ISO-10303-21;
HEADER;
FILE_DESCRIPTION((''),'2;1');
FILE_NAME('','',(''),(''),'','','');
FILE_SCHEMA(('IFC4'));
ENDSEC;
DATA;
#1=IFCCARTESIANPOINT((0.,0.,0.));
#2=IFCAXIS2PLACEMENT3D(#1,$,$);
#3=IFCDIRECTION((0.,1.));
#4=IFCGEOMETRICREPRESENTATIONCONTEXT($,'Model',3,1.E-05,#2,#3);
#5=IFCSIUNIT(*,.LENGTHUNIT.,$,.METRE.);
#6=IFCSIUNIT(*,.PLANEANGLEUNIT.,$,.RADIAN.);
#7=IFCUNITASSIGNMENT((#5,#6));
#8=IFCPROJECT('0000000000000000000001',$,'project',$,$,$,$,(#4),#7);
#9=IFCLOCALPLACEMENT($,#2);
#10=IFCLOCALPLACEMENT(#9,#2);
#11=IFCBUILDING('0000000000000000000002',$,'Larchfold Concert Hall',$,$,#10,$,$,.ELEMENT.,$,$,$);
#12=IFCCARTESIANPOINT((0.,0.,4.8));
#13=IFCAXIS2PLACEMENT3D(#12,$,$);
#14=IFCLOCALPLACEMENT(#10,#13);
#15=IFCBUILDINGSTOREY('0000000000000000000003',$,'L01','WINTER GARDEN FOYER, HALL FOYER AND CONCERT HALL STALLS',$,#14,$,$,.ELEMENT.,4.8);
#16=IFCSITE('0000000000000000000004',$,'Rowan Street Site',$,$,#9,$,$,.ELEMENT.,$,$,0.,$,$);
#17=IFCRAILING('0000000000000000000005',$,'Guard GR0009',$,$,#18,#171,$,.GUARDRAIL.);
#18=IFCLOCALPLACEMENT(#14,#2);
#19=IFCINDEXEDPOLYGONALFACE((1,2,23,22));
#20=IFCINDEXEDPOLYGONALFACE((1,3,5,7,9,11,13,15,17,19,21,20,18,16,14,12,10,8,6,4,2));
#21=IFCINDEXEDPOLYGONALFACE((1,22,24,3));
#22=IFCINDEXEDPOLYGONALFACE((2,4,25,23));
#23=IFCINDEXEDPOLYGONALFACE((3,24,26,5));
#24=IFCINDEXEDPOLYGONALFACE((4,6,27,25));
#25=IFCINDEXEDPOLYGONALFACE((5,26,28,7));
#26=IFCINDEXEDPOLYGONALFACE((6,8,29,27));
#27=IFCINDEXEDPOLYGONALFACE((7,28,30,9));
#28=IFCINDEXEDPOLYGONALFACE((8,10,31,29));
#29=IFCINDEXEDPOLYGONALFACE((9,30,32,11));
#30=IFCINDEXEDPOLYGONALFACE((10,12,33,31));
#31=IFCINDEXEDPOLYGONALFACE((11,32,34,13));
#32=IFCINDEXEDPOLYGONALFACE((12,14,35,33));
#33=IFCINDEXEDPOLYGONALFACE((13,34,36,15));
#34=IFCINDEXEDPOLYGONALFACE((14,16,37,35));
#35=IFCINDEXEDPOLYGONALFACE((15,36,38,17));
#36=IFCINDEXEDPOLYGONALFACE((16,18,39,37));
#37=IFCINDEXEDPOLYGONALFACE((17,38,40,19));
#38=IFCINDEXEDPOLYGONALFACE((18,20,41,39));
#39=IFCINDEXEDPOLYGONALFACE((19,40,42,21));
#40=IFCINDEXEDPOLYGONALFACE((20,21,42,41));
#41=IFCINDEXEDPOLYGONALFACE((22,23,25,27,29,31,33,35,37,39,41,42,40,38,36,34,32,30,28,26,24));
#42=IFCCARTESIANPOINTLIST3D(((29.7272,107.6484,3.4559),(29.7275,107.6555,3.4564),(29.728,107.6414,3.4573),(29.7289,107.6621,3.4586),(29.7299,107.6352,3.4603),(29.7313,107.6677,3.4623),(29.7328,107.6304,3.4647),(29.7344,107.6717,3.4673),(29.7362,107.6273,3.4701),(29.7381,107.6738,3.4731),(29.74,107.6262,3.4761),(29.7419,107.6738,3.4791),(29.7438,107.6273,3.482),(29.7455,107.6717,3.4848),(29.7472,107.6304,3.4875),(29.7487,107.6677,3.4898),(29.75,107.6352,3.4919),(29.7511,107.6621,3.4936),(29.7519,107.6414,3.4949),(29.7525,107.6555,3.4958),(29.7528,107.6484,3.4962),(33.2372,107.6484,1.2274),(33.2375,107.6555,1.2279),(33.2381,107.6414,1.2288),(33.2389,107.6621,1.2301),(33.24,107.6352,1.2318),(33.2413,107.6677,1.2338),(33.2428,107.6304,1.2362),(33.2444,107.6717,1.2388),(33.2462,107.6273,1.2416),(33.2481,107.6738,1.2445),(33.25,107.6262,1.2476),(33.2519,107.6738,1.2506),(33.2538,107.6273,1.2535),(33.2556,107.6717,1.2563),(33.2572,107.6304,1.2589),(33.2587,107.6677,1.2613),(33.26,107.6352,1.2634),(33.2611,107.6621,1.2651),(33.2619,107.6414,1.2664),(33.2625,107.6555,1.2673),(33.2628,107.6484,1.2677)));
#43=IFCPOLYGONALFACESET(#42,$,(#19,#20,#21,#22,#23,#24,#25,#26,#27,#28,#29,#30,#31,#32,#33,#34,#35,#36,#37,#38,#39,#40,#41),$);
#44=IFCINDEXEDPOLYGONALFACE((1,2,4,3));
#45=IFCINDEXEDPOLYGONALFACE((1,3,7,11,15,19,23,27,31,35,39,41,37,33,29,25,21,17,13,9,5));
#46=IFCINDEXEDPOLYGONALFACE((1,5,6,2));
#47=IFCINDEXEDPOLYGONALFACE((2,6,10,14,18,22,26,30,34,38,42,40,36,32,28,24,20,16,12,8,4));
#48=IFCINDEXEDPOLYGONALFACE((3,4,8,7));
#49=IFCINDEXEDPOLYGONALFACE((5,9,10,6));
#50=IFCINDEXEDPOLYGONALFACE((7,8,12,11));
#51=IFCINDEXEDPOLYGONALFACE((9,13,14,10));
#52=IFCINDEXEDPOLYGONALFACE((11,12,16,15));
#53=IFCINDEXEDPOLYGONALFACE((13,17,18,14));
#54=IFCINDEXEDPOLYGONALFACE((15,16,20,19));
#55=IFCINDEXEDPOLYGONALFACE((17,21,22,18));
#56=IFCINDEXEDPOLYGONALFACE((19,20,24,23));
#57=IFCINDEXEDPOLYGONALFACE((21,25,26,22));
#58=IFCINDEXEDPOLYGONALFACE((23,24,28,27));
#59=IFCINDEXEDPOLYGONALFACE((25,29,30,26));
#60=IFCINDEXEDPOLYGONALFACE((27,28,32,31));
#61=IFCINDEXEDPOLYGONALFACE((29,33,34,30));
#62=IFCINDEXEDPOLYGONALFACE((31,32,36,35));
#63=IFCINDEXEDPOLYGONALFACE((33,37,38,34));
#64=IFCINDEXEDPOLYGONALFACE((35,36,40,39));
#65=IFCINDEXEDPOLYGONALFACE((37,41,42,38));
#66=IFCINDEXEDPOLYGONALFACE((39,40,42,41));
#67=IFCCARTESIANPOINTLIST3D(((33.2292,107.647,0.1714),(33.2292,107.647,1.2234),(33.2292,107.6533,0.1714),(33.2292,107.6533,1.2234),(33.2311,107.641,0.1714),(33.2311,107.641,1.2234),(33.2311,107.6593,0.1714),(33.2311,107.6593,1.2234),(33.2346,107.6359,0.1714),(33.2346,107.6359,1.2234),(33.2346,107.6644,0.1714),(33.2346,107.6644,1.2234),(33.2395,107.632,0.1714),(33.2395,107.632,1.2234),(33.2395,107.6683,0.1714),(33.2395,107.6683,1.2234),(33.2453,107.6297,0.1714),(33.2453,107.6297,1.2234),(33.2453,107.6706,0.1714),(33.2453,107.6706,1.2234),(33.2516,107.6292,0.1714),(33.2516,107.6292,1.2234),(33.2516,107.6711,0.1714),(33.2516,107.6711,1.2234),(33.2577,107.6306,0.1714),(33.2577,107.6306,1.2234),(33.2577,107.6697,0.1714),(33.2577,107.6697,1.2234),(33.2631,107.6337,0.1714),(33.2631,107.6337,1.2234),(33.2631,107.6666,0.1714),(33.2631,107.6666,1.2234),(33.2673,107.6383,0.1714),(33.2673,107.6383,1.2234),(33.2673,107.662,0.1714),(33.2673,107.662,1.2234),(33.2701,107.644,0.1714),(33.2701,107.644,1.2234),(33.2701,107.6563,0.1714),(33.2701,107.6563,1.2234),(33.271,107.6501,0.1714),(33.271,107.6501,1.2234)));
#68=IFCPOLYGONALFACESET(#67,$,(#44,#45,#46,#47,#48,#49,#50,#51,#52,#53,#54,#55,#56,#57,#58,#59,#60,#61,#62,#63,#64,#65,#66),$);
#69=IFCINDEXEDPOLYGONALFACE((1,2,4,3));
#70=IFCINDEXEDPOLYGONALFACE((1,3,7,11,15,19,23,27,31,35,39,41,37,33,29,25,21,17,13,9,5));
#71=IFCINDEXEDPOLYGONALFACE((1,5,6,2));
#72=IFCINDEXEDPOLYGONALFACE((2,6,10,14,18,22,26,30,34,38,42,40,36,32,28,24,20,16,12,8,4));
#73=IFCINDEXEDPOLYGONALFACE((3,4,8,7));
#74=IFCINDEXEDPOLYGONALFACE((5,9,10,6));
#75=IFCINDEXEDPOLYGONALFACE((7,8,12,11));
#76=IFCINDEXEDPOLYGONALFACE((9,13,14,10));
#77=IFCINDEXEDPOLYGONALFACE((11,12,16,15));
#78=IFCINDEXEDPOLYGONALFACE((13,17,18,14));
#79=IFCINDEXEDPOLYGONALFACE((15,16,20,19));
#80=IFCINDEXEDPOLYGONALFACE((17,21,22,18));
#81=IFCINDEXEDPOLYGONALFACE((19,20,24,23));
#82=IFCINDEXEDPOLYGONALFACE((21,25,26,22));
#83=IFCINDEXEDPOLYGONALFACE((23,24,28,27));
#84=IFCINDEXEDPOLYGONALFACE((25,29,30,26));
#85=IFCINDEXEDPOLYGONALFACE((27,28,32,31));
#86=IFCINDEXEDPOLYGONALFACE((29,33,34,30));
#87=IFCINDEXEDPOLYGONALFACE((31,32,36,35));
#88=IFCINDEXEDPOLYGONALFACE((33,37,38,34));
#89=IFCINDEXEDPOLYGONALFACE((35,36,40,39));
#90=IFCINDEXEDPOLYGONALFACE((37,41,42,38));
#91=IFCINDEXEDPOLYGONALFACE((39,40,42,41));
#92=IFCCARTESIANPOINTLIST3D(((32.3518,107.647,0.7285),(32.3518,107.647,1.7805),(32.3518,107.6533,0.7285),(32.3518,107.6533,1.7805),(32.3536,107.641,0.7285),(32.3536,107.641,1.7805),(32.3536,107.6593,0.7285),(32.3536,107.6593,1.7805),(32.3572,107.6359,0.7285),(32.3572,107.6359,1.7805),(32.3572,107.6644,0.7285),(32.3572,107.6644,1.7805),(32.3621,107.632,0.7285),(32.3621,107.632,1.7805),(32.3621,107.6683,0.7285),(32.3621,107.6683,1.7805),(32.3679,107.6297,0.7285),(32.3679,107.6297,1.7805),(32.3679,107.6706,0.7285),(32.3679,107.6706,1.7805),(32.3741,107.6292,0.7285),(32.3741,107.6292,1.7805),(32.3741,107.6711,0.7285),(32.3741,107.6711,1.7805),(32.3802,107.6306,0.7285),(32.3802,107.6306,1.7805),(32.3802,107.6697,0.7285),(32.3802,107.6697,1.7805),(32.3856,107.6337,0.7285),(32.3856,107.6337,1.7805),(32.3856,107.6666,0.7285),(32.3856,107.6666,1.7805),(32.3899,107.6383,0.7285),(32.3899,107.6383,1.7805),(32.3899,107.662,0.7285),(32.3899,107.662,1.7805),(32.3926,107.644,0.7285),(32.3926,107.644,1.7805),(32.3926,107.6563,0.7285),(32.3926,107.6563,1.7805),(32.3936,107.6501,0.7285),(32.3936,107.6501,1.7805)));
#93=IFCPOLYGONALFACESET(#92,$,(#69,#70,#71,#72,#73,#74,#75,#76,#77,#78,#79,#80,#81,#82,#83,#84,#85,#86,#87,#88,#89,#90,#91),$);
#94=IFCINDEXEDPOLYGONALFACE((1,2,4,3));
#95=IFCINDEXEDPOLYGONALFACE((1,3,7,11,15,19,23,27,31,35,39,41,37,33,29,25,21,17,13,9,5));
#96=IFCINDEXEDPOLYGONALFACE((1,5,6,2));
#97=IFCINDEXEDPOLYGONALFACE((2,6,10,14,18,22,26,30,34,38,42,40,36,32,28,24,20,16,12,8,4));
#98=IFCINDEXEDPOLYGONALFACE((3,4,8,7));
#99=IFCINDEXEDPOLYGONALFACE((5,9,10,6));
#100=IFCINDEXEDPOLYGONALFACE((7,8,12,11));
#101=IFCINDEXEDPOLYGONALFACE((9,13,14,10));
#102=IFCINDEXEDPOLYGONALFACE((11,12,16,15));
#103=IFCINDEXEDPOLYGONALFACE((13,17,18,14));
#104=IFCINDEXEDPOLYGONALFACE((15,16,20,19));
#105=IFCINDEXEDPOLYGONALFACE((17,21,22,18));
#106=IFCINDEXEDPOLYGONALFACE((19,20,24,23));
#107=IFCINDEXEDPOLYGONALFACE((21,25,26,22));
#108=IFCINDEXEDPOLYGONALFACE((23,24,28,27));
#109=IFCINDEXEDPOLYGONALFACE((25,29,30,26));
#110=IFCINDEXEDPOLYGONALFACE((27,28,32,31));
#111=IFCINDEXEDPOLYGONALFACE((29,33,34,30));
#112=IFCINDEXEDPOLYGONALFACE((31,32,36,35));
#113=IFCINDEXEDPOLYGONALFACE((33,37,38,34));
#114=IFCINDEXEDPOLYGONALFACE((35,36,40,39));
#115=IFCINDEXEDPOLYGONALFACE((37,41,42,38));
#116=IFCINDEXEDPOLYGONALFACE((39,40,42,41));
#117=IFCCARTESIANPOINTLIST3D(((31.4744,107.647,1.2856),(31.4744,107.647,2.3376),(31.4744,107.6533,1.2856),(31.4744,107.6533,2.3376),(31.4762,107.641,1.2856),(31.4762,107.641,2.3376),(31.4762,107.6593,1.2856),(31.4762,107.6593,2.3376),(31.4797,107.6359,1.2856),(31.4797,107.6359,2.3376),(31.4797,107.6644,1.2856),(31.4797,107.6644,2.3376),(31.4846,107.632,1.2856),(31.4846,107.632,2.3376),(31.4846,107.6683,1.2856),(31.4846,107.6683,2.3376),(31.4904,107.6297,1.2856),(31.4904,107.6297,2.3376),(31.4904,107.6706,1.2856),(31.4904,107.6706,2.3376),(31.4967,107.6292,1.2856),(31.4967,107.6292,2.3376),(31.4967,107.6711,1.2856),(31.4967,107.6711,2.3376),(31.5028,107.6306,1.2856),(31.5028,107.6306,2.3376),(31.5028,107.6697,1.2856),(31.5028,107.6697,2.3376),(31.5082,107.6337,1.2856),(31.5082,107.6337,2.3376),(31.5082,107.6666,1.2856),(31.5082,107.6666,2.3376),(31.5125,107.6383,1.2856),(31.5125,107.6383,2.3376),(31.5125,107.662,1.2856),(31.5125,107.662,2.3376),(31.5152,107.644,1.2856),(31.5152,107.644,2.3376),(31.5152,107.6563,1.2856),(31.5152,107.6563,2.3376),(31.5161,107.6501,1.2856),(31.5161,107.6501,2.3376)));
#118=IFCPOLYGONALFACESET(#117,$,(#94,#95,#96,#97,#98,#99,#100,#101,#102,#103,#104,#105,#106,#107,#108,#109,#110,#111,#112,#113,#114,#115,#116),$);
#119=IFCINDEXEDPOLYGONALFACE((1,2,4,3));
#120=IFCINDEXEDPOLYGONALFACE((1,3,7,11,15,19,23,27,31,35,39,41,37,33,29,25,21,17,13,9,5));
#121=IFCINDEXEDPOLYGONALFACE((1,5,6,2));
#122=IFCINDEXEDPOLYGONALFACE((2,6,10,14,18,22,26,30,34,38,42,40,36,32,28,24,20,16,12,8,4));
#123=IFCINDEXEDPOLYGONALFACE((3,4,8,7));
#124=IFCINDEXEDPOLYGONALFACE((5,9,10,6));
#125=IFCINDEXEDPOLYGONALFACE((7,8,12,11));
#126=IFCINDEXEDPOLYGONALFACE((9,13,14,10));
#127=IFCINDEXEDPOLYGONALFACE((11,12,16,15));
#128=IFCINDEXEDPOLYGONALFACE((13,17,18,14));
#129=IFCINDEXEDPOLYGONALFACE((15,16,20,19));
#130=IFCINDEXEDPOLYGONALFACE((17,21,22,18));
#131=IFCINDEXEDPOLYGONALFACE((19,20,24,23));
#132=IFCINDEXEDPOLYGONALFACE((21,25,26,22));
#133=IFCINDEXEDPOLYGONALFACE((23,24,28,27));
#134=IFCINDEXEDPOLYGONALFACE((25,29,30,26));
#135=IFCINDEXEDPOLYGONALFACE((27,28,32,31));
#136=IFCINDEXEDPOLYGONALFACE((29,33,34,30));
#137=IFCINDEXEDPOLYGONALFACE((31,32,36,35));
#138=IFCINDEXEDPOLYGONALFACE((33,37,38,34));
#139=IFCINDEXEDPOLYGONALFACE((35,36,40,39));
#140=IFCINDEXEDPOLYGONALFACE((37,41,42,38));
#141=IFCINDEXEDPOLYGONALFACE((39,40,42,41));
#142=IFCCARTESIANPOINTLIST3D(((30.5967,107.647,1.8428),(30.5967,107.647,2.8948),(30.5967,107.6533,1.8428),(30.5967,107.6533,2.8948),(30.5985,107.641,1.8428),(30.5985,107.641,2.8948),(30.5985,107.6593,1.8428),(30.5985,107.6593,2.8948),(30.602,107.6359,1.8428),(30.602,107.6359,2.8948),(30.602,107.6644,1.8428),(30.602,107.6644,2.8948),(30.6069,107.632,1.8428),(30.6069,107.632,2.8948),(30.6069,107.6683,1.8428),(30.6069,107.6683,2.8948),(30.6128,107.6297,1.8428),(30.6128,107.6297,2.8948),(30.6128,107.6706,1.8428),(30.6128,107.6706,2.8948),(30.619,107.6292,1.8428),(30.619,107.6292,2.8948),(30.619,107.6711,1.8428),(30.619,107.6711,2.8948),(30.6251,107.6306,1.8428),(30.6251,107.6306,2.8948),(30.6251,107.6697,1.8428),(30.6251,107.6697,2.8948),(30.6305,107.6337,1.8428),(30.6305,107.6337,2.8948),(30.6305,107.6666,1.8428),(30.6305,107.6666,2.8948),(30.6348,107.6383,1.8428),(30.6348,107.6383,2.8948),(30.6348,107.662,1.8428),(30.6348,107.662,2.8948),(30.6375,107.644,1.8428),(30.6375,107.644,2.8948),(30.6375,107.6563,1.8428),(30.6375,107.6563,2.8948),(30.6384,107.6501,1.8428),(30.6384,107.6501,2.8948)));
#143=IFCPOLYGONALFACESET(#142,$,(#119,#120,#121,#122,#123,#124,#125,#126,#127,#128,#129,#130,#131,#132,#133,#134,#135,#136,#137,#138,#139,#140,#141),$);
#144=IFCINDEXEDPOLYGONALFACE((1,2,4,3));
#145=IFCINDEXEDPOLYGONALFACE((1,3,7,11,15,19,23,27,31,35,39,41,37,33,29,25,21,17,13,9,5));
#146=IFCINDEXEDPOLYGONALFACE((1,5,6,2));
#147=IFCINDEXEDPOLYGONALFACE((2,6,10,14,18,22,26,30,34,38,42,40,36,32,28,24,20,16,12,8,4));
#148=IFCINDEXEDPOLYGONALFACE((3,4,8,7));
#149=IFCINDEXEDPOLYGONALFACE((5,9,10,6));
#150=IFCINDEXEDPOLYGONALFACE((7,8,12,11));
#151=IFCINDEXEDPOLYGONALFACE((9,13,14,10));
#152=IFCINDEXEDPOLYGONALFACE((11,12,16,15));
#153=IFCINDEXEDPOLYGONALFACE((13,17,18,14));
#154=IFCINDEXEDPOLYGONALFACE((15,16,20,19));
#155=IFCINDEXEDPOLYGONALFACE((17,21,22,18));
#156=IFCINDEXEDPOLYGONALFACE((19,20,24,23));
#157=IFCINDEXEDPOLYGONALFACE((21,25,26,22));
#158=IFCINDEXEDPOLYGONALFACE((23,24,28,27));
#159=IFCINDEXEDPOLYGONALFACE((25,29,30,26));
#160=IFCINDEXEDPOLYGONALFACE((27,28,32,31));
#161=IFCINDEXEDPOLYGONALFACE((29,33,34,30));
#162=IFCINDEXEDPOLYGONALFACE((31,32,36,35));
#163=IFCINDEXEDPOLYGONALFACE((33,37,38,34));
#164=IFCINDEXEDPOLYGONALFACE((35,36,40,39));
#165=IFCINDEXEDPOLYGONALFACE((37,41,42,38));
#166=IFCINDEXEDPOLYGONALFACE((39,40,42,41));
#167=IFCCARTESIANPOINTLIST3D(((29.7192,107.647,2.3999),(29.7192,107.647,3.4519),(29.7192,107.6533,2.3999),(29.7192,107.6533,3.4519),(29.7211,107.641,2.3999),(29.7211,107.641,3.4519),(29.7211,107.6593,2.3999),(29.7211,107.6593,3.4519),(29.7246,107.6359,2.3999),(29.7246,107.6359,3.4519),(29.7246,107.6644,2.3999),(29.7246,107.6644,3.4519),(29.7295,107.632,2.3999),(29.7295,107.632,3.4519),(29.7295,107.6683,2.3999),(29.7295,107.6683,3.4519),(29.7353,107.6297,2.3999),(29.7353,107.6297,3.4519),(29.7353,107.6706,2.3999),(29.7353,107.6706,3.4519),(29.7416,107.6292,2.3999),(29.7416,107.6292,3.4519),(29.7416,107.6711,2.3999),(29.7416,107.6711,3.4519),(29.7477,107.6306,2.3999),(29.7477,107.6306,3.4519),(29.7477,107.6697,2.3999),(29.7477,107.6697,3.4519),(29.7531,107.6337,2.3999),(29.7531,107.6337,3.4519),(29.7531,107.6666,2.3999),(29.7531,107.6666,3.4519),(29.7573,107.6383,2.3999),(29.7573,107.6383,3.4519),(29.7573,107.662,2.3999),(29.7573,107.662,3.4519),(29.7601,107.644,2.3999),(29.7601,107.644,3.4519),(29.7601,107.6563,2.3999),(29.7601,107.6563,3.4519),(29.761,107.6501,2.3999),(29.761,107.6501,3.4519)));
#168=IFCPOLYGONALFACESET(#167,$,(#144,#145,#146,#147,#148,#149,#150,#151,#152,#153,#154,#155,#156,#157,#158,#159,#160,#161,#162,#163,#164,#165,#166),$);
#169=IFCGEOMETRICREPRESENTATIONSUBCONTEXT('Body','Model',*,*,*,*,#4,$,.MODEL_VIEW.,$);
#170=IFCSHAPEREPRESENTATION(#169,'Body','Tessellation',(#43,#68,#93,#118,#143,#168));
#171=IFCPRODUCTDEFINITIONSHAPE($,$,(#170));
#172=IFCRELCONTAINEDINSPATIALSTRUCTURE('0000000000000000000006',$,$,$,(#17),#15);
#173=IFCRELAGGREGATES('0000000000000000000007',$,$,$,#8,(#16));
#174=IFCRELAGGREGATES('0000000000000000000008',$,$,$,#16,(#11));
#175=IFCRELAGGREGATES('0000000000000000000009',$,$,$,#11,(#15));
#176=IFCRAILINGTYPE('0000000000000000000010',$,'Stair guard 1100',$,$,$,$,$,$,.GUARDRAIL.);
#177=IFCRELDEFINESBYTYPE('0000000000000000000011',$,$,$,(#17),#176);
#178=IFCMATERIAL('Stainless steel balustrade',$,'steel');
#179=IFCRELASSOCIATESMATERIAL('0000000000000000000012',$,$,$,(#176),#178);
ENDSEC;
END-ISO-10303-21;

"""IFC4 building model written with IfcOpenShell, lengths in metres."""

from ifc_helpers import new_model, si_unit, direction, frame, origin, origin_2d, place, context, subcontext, project, spatial, circle, extrude, material, type_object, element, save


model = new_model("IFC4")

# Units and contexts
model_context = context("Model", 3, precision=1e-05, world=origin(), true_north=direction((0.0, 1.0)))
body_context = subcontext(model_context, "Body", "Model", "MODEL_VIEW")
ifc_project = project(units=[si_unit("LENGTHUNIT", "METRE"), si_unit("PLANEANGLEUNIT", "RADIAN")], contexts=[model_context])

# Site, building, storey
site_placement = place(None, origin())
site = spatial("IfcSite", under=ifc_project, at=site_placement, Name="Rowan Street Site", CompositionType="ELEMENT", RefElevation=0.0)
building_placement = place(site_placement, origin())
building = spatial("IfcBuilding", under=site, at=building_placement, Name="Larchfold Concert Hall", CompositionType="ELEMENT")
storey_placement = place(building_placement, frame((0.0, 0.0, 4.8)))
storey = spatial("IfcBuildingStorey", under=building, at=storey_placement, Name="L01", Description="WINTER GARDEN FOYER, HALL FOYER AND CONCERT HALL STALLS", CompositionType="ELEMENT", Elevation=4.8)

# Railing
ifc_material_1 = material(Name="Stainless steel balustrade", Category="steel")
railing_type_1 = type_object("IfcRailingType", Name="Stair guard 1100", PredefinedType="GUARDRAIL", material=ifc_material_1)
railing_1_placement = place(storey_placement, frame((33.25, 107.6501, 0.1714)))
element("IfcRailing", 1, at=railing_1_placement, inside=storey, type_object=railing_type_1, Name="Guard GR0009", PredefinedType="GUARDRAIL", context=body_context, shape_type="SweptSolid", body=[
    extrude(circle(Radius=0.0239, at=origin_2d()), frame((0.0, 0.0, 1.0762), z_axis=(-0.84422, 0.0, 0.535998), x_axis=(0.0, -1.0, 0.0)), (0.0, 0.0, 1.0), 4.1577),
    extrude(circle(Radius=0.021, at=origin_2d()), origin(), (0.0, 0.0, 1.0), 1.052),
    extrude(circle(Radius=0.021, at=origin_2d()), frame((-0.8774, 0.0, 0.5571)), (0.0, 0.0, 1.0), 1.052),
    extrude(circle(Radius=0.021, at=origin_2d()), frame((-1.7549, 0.0, 1.1143)), (0.0, 0.0, 1.0), 1.052),
    extrude(circle(Radius=0.021, at=origin_2d()), frame((-2.6326, 0.0, 1.6714)), (0.0, 0.0, 1.0), 1.052),
    extrude(circle(Radius=0.021, at=origin_2d()), frame((-3.51, 0.0, 2.2285)), (0.0, 0.0, 1.0), 1.052),
])

save(model, "model.ifc")
